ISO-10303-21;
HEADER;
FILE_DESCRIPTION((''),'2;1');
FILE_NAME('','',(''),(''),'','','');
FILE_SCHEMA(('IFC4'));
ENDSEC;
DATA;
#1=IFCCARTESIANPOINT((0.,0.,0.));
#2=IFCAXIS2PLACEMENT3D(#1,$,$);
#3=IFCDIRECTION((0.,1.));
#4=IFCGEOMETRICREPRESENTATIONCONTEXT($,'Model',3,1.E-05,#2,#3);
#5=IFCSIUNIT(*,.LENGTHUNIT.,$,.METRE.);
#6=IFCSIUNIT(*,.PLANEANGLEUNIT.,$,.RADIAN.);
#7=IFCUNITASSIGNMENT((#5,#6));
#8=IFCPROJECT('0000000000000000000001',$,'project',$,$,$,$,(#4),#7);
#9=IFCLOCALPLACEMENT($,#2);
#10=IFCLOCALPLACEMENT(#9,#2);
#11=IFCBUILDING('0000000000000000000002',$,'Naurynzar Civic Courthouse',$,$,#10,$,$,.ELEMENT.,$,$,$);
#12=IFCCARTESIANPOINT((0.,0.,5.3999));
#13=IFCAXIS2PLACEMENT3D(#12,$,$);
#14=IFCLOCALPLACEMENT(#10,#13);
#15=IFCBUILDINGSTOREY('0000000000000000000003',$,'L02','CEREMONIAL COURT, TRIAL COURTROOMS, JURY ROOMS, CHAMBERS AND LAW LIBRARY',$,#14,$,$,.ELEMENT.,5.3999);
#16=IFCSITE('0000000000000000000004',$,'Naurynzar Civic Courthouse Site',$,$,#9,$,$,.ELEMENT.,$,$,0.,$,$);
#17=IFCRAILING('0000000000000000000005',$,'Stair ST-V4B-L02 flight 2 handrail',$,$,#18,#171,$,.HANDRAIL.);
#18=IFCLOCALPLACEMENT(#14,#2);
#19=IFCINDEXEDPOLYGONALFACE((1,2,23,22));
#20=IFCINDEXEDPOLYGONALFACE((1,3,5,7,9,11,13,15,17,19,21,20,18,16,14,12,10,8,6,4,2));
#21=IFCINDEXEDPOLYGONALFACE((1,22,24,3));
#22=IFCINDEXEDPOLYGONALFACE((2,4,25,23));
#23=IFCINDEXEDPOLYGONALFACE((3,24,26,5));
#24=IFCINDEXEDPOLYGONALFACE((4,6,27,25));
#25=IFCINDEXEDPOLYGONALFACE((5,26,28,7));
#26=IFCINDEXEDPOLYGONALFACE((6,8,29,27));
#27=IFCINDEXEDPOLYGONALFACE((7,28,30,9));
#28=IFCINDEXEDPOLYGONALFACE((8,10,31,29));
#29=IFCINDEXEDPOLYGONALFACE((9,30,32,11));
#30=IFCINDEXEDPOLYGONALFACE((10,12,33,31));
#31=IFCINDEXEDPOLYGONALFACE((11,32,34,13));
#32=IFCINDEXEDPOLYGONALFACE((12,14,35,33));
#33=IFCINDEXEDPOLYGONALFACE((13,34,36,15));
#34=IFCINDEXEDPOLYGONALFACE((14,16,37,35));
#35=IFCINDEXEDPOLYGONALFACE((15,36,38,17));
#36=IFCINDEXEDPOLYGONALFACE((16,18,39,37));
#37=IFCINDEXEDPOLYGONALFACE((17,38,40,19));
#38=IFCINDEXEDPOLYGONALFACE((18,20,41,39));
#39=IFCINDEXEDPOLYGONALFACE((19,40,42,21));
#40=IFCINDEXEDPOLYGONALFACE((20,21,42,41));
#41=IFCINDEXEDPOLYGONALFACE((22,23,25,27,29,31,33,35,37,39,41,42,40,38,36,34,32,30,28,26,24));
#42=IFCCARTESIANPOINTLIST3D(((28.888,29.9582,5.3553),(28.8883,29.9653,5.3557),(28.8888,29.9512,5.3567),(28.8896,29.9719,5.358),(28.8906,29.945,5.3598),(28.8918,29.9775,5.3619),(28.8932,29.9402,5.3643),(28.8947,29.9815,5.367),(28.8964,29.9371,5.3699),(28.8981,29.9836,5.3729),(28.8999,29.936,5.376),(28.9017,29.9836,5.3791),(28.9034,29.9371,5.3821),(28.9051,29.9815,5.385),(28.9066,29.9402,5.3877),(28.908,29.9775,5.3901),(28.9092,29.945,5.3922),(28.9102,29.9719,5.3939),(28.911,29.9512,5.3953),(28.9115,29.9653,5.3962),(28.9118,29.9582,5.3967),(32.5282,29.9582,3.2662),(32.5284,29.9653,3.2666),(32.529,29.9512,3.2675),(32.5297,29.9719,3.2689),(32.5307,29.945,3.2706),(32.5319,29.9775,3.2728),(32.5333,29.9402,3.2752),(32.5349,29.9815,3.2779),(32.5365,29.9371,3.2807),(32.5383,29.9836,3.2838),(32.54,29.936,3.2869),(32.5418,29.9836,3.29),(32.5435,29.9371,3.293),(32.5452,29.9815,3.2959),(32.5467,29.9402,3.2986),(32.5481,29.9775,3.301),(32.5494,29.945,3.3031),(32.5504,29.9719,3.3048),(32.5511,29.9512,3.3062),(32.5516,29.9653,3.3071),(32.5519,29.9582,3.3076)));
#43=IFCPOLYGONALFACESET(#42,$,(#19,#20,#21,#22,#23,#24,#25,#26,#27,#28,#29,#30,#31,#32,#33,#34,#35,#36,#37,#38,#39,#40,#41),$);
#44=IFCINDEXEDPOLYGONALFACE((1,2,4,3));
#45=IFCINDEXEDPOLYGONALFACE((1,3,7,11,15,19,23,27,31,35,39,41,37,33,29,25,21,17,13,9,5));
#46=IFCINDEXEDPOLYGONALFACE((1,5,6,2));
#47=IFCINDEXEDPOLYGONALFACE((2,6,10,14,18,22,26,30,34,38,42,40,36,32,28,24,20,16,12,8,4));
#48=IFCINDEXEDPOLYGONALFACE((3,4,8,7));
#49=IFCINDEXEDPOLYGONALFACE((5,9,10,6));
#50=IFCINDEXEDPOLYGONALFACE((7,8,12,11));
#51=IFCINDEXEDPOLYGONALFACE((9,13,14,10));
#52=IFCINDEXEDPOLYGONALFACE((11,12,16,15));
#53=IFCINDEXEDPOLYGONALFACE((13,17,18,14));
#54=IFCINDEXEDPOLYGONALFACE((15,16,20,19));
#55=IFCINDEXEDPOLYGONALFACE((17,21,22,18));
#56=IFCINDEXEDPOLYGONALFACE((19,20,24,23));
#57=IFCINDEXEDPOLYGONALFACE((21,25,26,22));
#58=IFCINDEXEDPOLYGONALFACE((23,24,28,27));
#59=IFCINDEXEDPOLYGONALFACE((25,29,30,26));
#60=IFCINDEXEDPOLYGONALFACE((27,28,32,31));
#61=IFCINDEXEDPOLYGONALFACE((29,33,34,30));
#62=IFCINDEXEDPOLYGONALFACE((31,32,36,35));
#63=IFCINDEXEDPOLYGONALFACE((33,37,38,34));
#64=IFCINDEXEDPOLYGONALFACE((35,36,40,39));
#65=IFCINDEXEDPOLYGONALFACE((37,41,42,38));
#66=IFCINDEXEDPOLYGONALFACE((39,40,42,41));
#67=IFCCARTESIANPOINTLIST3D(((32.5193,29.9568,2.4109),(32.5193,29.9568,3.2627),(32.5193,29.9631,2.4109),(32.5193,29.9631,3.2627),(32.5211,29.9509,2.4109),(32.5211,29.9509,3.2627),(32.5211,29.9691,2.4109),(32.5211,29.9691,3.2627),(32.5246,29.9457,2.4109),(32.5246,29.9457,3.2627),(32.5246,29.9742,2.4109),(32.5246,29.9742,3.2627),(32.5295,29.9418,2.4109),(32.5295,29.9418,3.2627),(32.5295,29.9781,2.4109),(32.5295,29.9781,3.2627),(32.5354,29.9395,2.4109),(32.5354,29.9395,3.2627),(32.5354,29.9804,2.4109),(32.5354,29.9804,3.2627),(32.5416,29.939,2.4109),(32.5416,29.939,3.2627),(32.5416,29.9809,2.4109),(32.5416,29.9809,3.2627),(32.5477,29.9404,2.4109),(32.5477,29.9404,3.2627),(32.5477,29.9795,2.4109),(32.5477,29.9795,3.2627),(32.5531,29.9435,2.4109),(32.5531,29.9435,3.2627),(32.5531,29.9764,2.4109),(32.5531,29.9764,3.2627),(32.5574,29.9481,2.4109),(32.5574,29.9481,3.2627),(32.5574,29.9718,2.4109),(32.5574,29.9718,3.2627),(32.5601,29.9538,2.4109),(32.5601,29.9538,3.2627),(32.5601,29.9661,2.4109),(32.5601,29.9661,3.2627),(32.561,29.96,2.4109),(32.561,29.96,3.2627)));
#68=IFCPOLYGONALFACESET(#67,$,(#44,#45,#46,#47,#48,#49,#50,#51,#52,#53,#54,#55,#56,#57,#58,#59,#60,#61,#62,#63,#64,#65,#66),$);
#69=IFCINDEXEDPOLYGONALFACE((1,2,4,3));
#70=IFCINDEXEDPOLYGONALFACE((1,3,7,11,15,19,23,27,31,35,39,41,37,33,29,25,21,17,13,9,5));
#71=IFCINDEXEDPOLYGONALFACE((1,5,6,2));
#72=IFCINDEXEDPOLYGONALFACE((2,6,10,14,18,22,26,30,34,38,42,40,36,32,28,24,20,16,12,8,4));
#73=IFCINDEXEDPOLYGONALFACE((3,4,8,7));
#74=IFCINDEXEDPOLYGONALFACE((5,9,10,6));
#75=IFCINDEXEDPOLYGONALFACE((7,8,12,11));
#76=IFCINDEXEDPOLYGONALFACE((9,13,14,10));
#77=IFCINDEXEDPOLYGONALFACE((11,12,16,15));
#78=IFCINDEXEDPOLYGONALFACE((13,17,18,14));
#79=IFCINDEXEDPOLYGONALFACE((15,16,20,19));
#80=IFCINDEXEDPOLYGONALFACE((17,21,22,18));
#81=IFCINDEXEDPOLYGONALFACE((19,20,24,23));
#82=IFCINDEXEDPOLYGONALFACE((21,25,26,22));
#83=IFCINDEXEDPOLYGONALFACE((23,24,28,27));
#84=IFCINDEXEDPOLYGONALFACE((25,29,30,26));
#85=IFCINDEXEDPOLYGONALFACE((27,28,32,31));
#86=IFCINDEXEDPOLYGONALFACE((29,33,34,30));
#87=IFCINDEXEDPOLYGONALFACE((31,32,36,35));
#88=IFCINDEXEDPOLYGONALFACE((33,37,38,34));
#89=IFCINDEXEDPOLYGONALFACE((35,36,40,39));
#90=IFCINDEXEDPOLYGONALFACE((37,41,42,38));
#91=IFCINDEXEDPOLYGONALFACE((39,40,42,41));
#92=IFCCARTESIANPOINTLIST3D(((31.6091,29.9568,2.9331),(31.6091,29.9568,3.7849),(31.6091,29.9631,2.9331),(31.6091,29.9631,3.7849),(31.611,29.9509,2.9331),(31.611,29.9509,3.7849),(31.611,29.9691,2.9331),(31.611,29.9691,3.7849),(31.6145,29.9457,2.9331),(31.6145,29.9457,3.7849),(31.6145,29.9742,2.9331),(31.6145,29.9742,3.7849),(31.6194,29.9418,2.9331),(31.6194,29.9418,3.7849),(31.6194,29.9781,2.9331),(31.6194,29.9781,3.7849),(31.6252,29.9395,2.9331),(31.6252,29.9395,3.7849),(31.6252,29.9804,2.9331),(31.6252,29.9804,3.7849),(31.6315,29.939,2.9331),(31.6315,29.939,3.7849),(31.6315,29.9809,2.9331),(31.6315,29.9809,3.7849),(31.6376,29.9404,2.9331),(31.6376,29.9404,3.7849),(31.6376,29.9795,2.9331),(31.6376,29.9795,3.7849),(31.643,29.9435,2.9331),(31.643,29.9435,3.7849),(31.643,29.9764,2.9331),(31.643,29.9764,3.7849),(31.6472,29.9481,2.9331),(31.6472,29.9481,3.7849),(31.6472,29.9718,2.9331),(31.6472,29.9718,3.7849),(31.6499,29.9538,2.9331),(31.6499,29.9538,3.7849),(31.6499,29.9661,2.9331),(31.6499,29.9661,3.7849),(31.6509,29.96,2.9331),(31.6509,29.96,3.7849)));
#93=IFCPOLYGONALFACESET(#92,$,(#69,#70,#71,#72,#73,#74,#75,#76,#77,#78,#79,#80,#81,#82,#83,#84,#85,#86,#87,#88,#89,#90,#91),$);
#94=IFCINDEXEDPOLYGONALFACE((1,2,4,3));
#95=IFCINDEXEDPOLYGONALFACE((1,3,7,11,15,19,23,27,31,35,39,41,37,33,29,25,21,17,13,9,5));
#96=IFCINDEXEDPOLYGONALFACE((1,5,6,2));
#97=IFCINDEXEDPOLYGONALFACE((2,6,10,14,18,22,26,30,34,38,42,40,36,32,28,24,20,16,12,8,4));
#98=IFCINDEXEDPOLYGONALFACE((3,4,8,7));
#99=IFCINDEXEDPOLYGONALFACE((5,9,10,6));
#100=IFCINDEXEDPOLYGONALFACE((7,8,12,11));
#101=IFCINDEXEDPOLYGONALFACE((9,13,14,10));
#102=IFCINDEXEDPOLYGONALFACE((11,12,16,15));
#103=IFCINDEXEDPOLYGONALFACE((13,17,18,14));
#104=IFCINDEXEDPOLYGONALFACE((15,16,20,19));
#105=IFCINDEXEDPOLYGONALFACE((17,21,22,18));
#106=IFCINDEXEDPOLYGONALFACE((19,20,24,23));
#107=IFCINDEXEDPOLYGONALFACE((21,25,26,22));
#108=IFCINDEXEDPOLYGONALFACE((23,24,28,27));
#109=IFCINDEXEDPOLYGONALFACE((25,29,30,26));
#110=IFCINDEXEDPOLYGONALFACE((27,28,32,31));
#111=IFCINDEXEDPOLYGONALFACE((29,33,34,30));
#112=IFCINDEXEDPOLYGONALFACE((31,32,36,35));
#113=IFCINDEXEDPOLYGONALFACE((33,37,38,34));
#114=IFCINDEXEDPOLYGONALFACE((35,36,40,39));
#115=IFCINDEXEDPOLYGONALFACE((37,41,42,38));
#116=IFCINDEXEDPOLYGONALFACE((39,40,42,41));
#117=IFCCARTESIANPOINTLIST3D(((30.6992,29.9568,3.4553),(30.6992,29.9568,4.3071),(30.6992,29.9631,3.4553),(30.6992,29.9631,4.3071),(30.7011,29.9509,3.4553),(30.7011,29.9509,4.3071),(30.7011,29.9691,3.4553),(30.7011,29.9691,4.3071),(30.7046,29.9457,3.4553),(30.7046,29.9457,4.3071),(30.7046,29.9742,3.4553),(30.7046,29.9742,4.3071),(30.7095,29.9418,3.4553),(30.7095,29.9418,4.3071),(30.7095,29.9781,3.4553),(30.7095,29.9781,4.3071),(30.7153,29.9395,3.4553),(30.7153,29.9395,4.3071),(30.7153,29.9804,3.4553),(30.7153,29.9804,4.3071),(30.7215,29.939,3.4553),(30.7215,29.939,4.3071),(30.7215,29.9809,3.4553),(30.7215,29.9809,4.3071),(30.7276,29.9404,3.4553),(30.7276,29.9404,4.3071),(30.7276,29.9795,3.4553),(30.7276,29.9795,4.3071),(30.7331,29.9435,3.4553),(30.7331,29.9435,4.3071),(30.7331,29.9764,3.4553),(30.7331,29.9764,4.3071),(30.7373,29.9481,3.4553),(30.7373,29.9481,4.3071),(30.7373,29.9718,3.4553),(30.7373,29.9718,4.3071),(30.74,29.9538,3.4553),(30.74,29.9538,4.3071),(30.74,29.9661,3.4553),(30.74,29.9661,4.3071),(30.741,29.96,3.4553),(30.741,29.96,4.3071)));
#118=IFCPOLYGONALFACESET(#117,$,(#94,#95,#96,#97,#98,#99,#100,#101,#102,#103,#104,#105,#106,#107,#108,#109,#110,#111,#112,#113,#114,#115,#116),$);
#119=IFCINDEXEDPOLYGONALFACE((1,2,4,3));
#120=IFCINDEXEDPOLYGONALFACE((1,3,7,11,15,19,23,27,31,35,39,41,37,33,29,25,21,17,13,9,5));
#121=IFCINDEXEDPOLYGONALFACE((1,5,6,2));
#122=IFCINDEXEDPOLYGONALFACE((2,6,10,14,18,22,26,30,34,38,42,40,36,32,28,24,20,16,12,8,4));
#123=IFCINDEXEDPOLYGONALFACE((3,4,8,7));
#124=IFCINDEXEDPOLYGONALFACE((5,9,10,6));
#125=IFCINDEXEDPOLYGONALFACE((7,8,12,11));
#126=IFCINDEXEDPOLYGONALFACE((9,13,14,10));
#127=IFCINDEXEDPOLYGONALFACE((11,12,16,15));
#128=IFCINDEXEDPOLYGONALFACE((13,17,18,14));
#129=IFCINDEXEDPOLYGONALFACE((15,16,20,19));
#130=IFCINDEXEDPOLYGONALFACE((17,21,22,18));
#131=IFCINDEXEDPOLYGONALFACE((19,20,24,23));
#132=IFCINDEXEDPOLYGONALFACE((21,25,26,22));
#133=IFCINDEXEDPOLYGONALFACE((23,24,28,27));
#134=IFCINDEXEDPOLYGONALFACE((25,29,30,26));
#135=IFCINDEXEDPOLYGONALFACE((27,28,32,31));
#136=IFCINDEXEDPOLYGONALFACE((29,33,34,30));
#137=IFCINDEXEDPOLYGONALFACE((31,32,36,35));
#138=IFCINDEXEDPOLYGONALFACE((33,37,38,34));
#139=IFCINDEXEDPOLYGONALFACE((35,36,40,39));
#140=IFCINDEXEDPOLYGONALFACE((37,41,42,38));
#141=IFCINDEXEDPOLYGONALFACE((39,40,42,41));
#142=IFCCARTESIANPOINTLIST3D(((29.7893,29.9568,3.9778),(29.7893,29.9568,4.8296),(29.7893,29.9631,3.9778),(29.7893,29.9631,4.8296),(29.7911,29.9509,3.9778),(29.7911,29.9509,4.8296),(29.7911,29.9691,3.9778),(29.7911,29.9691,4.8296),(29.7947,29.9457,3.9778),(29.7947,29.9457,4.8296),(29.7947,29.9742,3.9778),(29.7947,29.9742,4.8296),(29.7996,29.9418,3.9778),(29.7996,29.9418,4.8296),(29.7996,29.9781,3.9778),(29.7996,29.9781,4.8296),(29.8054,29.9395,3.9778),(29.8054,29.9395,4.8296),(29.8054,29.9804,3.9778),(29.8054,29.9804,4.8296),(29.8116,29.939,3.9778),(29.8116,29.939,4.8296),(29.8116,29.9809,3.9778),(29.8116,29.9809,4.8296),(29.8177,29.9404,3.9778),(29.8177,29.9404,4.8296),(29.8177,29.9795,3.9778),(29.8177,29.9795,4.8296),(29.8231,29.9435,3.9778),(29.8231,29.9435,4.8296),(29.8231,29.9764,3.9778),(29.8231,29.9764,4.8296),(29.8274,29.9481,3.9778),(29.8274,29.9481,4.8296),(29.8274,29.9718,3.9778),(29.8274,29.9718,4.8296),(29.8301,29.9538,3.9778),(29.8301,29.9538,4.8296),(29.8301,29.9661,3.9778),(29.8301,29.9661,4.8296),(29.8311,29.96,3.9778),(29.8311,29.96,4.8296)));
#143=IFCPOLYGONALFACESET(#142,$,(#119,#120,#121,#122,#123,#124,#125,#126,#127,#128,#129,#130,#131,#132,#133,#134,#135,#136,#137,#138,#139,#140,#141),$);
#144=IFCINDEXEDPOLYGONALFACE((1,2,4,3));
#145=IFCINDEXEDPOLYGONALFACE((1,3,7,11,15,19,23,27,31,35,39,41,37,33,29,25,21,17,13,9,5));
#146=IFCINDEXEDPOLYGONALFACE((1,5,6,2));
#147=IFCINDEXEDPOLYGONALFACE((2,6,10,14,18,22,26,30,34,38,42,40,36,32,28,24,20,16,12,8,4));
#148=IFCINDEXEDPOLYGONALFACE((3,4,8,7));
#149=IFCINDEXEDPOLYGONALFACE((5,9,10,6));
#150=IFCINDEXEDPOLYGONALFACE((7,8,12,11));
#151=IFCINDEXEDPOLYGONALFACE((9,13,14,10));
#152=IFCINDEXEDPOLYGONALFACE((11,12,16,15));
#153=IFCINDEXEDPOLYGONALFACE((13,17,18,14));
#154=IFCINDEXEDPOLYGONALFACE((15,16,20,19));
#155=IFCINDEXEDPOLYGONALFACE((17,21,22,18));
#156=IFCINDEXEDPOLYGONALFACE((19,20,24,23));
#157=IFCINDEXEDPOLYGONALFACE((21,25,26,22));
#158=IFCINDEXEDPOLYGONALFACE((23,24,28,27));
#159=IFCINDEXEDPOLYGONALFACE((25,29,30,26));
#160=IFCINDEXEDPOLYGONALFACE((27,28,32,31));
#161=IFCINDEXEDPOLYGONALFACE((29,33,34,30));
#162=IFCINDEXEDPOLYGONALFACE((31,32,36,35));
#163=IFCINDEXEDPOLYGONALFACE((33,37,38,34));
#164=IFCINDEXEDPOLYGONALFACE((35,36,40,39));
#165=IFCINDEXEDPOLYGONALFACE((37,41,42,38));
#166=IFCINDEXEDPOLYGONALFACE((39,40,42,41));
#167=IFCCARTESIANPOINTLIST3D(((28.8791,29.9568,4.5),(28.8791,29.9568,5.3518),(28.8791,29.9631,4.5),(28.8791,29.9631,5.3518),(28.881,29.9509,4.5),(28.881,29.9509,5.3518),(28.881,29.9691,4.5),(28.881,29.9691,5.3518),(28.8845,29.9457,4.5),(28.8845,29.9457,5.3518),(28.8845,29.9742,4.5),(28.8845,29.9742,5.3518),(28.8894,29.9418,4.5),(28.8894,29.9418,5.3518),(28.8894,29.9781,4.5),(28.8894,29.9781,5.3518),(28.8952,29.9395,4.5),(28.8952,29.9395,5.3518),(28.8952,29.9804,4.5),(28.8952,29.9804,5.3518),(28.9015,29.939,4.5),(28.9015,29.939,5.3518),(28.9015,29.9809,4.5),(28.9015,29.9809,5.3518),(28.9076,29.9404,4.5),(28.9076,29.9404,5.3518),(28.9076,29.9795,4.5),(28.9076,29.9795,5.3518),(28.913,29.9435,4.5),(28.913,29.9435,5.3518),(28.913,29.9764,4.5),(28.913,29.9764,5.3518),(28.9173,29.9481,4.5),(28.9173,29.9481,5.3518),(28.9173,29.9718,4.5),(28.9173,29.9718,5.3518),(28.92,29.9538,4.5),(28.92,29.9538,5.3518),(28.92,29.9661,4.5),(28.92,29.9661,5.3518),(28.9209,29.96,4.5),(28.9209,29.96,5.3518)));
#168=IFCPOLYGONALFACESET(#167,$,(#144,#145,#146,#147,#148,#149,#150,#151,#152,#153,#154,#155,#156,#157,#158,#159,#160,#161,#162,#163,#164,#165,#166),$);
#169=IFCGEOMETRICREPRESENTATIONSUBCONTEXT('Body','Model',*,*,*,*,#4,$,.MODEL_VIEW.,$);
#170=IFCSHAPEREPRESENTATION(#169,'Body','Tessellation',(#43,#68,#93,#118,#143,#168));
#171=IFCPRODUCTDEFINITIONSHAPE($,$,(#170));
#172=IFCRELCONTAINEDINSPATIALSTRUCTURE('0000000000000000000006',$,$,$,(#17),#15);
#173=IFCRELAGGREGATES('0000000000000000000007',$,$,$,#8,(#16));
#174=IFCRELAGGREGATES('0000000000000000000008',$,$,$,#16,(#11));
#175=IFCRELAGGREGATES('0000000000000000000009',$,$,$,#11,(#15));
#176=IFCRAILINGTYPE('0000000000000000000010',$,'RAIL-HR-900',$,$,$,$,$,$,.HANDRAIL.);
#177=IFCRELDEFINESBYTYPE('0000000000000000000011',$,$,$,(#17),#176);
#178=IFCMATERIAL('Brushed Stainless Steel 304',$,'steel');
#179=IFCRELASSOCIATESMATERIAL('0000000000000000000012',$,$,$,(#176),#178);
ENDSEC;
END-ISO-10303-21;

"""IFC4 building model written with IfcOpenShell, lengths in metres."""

from ifc_helpers import new_model, si_unit, direction, frame, origin, origin_2d, place, context, subcontext, project, spatial, circle, extrude, material, type_object, element, save


model = new_model("IFC4")

# Units and contexts
model_context = context("Model", 3, precision=1e-05, world=origin(), true_north=direction((0.0, 1.0)))
body_context = subcontext(model_context, "Body", "Model", "MODEL_VIEW")
ifc_project = project(units=[si_unit("LENGTHUNIT", "METRE"), si_unit("PLANEANGLEUNIT", "RADIAN")], contexts=[model_context])

# Site, building, storey
site_placement = place(None, origin())
site = spatial("IfcSite", under=ifc_project, at=site_placement, Name="Naurynzar Civic Courthouse Site", CompositionType="ELEMENT", RefElevation=0.0)
building_placement = place(site_placement, origin())
building = spatial("IfcBuilding", under=site, at=building_placement, Name="Naurynzar Civic Courthouse", CompositionType="ELEMENT")
storey_placement = place(building_placement, frame((0.0, 0.0, 5.3999)))
storey = spatial("IfcBuildingStorey", under=building, at=storey_placement, Name="L02", Description="CEREMONIAL COURT, TRIAL COURTROOMS, JURY ROOMS, CHAMBERS AND LAW LIBRARY", CompositionType="ELEMENT", Elevation=5.3999)

# Railing
ifc_material_1 = material(Name="Brushed Stainless Steel 304", Category="steel")
railing_type_1 = type_object("IfcRailingType", Name="RAIL-HR-900", PredefinedType="HANDRAIL", material=ifc_material_1)
railing_1_placement = place(storey_placement, frame((32.54, 29.96, 2.4109)))
element("IfcRailing", 1, at=railing_1_placement, inside=storey, type_object=railing_type_1, Name="Stair ST-V4B-L02 flight 2 handrail", PredefinedType="HANDRAIL", context=body_context, shape_type="SweptSolid", body=[
    extrude(circle(Radius=0.0239, at=origin_2d()), frame((0.0, 0.0, 0.876), z_axis=(-0.867314, 0.0, 0.497761), x_axis=(0.0, -1.0, 0.0)), (0.0, 0.0, 1.0), 4.197),
    extrude(circle(Radius=0.021, at=origin_2d()), origin(), (0.0, 0.0, 1.0), 0.8518),
    extrude(circle(Radius=0.021, at=origin_2d()), frame((-0.9102, 0.0, 0.5222)), (0.0, 0.0, 1.0), 0.8518),
    extrude(circle(Radius=0.021, at=origin_2d()), frame((-1.8201, 0.0, 1.0444)), (0.0, 0.0, 1.0), 0.8518),
    extrude(circle(Radius=0.021, at=origin_2d()), frame((-2.73, 0.0, 1.5669)), (0.0, 0.0, 1.0), 0.8518),
    extrude(circle(Radius=0.021, at=origin_2d()), frame((-3.6401, 0.0, 2.0891)), (0.0, 0.0, 1.0), 0.8518),
])

save(model, "model.ifc")
